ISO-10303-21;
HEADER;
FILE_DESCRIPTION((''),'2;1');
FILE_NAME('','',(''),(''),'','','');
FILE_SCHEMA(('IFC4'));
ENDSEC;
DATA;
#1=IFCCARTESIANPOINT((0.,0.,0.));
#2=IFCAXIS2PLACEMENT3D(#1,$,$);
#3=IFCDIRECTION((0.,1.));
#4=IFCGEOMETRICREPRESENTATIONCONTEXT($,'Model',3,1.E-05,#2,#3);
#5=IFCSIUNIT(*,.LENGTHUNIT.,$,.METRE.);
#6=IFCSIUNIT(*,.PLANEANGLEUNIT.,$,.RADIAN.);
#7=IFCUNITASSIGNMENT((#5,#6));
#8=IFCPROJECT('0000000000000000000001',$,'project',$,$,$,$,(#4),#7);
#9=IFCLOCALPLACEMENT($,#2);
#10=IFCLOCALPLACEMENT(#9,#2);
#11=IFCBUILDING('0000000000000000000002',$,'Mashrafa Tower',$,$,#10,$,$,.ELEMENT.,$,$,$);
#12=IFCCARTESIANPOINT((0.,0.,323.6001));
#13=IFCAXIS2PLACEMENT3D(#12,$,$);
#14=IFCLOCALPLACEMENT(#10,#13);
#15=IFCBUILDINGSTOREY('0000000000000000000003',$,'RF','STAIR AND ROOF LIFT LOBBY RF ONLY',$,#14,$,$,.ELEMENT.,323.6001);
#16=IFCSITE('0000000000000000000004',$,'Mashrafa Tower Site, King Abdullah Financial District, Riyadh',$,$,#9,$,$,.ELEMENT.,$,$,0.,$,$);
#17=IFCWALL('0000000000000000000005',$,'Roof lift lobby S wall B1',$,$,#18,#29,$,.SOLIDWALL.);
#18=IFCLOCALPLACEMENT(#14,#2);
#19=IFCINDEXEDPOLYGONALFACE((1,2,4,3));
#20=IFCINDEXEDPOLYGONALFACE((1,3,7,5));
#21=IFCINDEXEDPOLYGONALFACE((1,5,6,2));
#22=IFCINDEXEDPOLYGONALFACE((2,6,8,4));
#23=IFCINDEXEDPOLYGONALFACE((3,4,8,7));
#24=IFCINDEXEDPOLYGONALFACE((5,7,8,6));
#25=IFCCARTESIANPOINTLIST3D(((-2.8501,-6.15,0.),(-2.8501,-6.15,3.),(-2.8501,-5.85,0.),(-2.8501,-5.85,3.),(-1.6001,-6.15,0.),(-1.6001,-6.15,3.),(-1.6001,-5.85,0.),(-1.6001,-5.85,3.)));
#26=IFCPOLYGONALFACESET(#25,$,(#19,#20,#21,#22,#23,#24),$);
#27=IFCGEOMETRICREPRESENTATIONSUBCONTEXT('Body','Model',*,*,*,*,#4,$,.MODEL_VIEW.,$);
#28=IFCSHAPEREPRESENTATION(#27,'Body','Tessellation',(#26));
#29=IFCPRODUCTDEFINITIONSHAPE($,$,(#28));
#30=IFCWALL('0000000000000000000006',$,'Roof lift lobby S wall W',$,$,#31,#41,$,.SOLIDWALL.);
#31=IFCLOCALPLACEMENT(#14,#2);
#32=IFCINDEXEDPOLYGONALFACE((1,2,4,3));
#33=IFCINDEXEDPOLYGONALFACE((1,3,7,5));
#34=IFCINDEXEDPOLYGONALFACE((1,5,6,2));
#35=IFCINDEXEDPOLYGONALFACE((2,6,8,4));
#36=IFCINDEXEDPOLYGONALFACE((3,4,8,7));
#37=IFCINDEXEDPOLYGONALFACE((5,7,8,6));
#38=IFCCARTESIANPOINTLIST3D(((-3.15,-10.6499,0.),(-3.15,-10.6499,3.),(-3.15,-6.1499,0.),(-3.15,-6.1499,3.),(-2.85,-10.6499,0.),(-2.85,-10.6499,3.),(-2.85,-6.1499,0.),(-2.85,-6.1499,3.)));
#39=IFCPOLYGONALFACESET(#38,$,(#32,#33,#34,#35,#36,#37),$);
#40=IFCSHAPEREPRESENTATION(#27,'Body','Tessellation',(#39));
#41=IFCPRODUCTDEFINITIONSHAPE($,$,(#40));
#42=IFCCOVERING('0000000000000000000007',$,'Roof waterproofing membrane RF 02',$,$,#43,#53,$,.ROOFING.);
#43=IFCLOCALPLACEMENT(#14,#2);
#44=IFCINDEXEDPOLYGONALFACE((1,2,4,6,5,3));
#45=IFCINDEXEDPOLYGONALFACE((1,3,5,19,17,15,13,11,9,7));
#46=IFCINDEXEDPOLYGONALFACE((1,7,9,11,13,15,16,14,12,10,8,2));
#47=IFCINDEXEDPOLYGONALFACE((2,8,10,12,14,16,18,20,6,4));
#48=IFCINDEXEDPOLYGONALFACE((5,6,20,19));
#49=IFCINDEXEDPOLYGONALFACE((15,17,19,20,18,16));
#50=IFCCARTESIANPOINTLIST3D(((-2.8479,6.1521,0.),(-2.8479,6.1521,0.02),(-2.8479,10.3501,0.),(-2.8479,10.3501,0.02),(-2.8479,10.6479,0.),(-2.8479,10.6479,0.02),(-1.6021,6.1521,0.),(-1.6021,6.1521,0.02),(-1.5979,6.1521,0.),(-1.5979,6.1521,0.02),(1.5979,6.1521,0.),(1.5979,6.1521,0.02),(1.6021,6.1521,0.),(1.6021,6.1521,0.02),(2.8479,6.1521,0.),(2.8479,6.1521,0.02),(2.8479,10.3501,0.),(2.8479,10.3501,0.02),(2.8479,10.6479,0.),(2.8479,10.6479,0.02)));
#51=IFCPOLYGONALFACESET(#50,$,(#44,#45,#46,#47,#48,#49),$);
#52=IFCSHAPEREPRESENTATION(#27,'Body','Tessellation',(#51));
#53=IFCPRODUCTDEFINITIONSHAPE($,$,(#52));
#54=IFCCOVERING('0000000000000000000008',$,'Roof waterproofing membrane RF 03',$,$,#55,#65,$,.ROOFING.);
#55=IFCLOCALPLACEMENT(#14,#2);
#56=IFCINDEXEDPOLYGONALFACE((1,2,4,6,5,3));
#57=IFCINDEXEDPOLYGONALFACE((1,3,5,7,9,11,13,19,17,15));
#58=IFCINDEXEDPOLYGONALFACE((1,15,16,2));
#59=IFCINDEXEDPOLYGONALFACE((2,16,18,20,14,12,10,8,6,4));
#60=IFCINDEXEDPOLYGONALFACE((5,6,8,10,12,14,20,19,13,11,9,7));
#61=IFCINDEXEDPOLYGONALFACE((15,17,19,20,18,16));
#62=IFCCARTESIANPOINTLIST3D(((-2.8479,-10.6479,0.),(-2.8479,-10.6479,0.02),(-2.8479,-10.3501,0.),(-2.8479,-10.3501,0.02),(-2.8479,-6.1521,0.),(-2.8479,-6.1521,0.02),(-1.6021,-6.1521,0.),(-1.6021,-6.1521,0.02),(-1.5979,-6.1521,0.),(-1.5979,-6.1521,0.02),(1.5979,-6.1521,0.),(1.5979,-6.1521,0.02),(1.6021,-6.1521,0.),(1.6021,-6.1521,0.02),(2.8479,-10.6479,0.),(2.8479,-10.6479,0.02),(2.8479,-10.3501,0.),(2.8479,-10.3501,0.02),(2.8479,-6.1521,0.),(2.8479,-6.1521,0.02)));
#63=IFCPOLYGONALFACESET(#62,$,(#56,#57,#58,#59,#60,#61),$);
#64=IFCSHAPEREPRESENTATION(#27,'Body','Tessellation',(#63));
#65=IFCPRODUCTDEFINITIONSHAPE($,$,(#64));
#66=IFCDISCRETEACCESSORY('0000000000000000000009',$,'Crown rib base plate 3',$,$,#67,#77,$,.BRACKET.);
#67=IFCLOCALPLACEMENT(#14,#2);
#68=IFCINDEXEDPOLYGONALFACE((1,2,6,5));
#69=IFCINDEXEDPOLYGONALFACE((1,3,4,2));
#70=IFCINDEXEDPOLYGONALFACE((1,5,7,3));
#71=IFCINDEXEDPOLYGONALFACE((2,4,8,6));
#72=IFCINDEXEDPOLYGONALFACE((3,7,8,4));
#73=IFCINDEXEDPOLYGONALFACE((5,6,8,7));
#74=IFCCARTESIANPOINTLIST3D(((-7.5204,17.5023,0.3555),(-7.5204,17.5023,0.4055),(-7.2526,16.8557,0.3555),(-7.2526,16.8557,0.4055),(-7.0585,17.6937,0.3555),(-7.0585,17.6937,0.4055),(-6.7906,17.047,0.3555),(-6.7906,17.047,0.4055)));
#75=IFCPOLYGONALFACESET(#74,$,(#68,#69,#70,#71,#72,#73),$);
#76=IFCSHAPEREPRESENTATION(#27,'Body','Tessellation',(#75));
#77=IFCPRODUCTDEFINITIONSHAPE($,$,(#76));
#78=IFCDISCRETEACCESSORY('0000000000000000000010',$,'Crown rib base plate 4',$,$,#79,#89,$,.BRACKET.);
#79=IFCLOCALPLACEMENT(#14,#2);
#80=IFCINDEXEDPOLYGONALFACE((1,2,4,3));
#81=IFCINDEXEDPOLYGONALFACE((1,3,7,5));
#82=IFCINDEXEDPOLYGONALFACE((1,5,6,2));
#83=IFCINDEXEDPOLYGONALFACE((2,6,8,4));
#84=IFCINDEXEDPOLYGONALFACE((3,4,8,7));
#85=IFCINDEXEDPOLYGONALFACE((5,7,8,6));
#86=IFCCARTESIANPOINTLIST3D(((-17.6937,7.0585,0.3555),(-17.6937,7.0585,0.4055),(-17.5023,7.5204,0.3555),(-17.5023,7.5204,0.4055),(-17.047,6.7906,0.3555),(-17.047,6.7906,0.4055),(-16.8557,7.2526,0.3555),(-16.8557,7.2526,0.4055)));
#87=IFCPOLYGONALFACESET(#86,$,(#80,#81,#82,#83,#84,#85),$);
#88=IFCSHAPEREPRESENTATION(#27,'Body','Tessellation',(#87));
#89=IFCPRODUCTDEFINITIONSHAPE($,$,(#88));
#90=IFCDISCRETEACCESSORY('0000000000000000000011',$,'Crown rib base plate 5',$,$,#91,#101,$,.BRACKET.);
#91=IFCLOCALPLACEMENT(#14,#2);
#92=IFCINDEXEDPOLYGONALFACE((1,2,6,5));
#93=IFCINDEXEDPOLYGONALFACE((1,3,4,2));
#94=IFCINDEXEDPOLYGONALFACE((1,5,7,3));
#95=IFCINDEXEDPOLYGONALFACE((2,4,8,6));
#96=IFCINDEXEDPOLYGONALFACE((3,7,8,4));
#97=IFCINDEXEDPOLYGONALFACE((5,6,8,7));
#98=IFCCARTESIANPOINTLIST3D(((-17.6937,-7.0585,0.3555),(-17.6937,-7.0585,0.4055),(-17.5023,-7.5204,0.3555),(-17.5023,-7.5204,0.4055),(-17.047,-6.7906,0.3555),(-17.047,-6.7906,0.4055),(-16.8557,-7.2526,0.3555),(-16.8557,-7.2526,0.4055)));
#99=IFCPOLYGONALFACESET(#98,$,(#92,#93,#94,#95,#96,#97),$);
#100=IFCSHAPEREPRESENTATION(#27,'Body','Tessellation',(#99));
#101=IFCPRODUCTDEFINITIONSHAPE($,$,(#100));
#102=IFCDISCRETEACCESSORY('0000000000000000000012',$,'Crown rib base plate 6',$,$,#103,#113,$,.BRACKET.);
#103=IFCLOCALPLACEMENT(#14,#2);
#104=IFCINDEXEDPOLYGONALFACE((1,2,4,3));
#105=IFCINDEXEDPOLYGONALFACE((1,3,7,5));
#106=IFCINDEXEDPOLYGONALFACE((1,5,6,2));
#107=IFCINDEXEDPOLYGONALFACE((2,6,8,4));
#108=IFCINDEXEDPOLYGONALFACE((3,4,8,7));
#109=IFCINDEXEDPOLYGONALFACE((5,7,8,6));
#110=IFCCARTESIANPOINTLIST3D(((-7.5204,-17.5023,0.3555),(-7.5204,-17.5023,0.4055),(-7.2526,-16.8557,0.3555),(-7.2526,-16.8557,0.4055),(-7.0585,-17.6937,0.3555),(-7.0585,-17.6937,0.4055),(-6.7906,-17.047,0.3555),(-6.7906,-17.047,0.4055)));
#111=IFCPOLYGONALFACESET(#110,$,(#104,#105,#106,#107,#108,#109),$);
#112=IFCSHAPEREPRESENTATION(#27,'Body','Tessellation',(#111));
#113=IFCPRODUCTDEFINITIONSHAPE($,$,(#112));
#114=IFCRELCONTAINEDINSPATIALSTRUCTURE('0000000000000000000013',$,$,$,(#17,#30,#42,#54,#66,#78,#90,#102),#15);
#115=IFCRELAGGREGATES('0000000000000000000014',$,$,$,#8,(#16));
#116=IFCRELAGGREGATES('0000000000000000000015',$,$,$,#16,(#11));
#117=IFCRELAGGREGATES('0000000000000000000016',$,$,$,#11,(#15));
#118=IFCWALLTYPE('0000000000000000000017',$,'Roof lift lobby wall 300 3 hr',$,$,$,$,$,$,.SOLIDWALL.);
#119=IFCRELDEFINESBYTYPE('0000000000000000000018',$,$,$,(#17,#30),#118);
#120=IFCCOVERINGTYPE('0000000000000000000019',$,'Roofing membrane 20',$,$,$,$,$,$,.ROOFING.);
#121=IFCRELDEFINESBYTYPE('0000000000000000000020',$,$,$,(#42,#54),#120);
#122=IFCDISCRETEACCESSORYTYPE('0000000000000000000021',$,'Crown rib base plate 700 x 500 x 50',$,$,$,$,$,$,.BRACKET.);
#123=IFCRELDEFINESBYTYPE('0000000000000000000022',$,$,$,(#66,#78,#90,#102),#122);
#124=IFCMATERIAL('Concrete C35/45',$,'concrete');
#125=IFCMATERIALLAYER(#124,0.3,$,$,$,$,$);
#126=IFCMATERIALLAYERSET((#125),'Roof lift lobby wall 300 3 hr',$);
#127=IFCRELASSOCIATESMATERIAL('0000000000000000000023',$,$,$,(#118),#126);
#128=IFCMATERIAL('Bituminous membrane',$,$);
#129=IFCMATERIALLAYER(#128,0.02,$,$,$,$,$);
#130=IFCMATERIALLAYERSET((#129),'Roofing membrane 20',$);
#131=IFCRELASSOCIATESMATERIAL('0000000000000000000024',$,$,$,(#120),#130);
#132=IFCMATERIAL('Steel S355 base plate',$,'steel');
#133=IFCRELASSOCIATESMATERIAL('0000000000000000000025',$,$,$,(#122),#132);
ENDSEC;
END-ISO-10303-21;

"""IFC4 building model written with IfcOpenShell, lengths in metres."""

from ifc_helpers import new_model, si_unit, direction, frame, frame_2d, origin, origin_2d, place, context, subcontext, project, spatial, polyline, rectangle, outline, extrude, source, transform, mapped, material, layer, layer_set, type_object, type_shapes, element, save


model = new_model("IFC4")

# Units and contexts
model_context = context("Model", 3, precision=1e-05, world=origin(), true_north=direction((0.0, 1.0)))
body_context = subcontext(model_context, "Body", "Model", "MODEL_VIEW")
ifc_project = project(units=[si_unit("LENGTHUNIT", "METRE"), si_unit("PLANEANGLEUNIT", "RADIAN")], contexts=[model_context])

# Site, building, storey
site_placement = place(None, origin())
site = spatial("IfcSite", under=ifc_project, at=site_placement, Name="Mashrafa Tower Site, King Abdullah Financial District, Riyadh", CompositionType="ELEMENT", RefElevation=0.0)
building_placement = place(site_placement, origin())
building = spatial("IfcBuilding", under=site, at=building_placement, Name="Mashrafa Tower", CompositionType="ELEMENT")
storey_placement = place(building_placement, frame((0.0, 0.0, 323.6001)))
storey = spatial("IfcBuildingStorey", under=building, at=storey_placement, Name="RF", Description="STAIR AND ROOF LIFT LOBBY RF ONLY", CompositionType="ELEMENT", Elevation=323.6001)

# Shared definitions
ifc_material_1 = material(Name="Concrete C35/45", Category="concrete")
ifc_layer_1 = layer(ifc_material_1, 0.3)
ifc_layer_set_1 = layer_set([ifc_layer_1], Name="Roof lift lobby wall 300 3 hr")
wall_type_1 = type_object("IfcWallType", Name="Roof lift lobby wall 300 3 hr", PredefinedType="SOLIDWALL", material=ifc_layer_set_1)

# Walls
wall_1_placement = place(storey_placement, frame((-2.8501, -6.0, 0.0), z_axis=(0.0, 0.0, 1.0), x_axis=(1.0, 0.0, 0.0)))
element("IfcWall", 1, at=wall_1_placement, inside=storey, type_object=wall_type_1, Name="Roof lift lobby S wall B1", PredefinedType="SOLIDWALL", context=body_context, shape_type="SweptSolid", body=[
    extrude(rectangle(XDim=1.25, YDim=0.3, at=frame_2d((0.625, 0.0))), origin(), (0.0, 0.0, 1.0), 3.0),
])
wall_2_placement = place(storey_placement, frame((-3.0, -6.1499, 0.0), z_axis=(0.0, 0.0, 1.0), x_axis=(0.0, -1.0, 0.0)))
element("IfcWall", 2, at=wall_2_placement, inside=storey, type_object=wall_type_1, Name="Roof lift lobby S wall W", PredefinedType="SOLIDWALL", context=body_context, shape_type="SweptSolid", body=[
    extrude(rectangle(XDim=4.5, YDim=0.3, at=frame_2d((2.25, 0.0))), origin(), (0.0, 0.0, 1.0), 3.0),
])

# Coverings
ifc_material_2 = material(Name="Bituminous membrane")
ifc_layer_2 = layer(ifc_material_2, 0.02)
ifc_layer_set_2 = layer_set([ifc_layer_2], Name="Roofing membrane 20")
covering_type = type_object("IfcCoveringType", Name="Roofing membrane 20", PredefinedType="ROOFING", material=ifc_layer_set_2)
covering_1_placement = place(storey_placement, origin())
element("IfcCovering", 3, at=covering_1_placement, inside=storey, type_object=covering_type, Name="Roof waterproofing membrane RF 02", PredefinedType="ROOFING", context=body_context, shape_type="SweptSolid", body=[
    extrude(outline(polyline([(2.8479, 6.1521), (2.8479, 10.3501), (2.8479, 10.6479), (-2.8479, 10.6479), (-2.8479, 10.3501), (-2.8479, 6.1521), (-1.6021, 6.1521), (-1.5979, 6.1521), (1.5979, 6.1521), (1.6021, 6.1521), (2.8479, 6.1521)])), origin(), (0.0, 0.0, 1.0), 0.02),
])
covering_2_placement = place(storey_placement, origin())
element("IfcCovering", 4, at=covering_2_placement, inside=storey, type_object=covering_type, Name="Roof waterproofing membrane RF 03", PredefinedType="ROOFING", context=body_context, shape_type="SweptSolid", body=[
    extrude(outline(polyline([(2.8479, -10.6479), (2.8479, -10.3501), (2.8479, -6.1521), (1.6021, -6.1521), (1.5979, -6.1521), (-1.5979, -6.1521), (-1.6021, -6.1521), (-2.8479, -6.1521), (-2.8479, -10.3501), (-2.8479, -10.6479), (2.8479, -10.6479)])), origin(), (0.0, 0.0, 1.0), 0.02),
])

# Discrete accessories
ifc_material_3 = material(Name="Steel S355 base plate", Category="steel")
discrete_accessory_type = type_object("IfcDiscreteAccessoryType", Name="Crown rib base plate 700 x 500 x 50", PredefinedType="BRACKET", material=ifc_material_3)
shared_shape_1 = source(origin(), body_context, "Body", "SweptSolid", [
    extrude(rectangle(XDim=0.7, YDim=0.5, at=origin_2d()), origin(), (0.0, 0.0, 1.0), 0.05),
])
type_shapes(discrete_accessory_type, [shared_shape_1])
for number, where, z_axis, x_axis, name in (
    (5, (-7.1555, 17.2747, 0.3555), (0.0, 0.0, 1.0), (-0.382683, 0.92388, 0.0), "Crown rib base plate 3"),
    (6, (-17.2747, 7.1555, 0.3555), (0.0, 0.0, 1.0), (-0.92388, 0.382683, 0.0), "Crown rib base plate 4"),
    (7, (-17.2747, -7.1555, 0.3555), (0.0, 0.0, 1.0), (-0.92388, -0.382683, 0.0), "Crown rib base plate 5"),
    (8, (-7.1555, -17.2747, 0.3555), (0.0, 0.0, 1.0), (-0.382683, -0.92388, 0.0), "Crown rib base plate 6"),
):
    element("IfcDiscreteAccessory", number, at=place(storey_placement, frame(where, z_axis=z_axis, x_axis=x_axis)), inside=storey, type_object=discrete_accessory_type, Name=name, PredefinedType="BRACKET", context=body_context, shape_type="MappedRepresentation", body=[
        mapped(shared_shape_1, transform((0.0, 0.0, 0.0))),
    ])

save(model, "model.ifc")
